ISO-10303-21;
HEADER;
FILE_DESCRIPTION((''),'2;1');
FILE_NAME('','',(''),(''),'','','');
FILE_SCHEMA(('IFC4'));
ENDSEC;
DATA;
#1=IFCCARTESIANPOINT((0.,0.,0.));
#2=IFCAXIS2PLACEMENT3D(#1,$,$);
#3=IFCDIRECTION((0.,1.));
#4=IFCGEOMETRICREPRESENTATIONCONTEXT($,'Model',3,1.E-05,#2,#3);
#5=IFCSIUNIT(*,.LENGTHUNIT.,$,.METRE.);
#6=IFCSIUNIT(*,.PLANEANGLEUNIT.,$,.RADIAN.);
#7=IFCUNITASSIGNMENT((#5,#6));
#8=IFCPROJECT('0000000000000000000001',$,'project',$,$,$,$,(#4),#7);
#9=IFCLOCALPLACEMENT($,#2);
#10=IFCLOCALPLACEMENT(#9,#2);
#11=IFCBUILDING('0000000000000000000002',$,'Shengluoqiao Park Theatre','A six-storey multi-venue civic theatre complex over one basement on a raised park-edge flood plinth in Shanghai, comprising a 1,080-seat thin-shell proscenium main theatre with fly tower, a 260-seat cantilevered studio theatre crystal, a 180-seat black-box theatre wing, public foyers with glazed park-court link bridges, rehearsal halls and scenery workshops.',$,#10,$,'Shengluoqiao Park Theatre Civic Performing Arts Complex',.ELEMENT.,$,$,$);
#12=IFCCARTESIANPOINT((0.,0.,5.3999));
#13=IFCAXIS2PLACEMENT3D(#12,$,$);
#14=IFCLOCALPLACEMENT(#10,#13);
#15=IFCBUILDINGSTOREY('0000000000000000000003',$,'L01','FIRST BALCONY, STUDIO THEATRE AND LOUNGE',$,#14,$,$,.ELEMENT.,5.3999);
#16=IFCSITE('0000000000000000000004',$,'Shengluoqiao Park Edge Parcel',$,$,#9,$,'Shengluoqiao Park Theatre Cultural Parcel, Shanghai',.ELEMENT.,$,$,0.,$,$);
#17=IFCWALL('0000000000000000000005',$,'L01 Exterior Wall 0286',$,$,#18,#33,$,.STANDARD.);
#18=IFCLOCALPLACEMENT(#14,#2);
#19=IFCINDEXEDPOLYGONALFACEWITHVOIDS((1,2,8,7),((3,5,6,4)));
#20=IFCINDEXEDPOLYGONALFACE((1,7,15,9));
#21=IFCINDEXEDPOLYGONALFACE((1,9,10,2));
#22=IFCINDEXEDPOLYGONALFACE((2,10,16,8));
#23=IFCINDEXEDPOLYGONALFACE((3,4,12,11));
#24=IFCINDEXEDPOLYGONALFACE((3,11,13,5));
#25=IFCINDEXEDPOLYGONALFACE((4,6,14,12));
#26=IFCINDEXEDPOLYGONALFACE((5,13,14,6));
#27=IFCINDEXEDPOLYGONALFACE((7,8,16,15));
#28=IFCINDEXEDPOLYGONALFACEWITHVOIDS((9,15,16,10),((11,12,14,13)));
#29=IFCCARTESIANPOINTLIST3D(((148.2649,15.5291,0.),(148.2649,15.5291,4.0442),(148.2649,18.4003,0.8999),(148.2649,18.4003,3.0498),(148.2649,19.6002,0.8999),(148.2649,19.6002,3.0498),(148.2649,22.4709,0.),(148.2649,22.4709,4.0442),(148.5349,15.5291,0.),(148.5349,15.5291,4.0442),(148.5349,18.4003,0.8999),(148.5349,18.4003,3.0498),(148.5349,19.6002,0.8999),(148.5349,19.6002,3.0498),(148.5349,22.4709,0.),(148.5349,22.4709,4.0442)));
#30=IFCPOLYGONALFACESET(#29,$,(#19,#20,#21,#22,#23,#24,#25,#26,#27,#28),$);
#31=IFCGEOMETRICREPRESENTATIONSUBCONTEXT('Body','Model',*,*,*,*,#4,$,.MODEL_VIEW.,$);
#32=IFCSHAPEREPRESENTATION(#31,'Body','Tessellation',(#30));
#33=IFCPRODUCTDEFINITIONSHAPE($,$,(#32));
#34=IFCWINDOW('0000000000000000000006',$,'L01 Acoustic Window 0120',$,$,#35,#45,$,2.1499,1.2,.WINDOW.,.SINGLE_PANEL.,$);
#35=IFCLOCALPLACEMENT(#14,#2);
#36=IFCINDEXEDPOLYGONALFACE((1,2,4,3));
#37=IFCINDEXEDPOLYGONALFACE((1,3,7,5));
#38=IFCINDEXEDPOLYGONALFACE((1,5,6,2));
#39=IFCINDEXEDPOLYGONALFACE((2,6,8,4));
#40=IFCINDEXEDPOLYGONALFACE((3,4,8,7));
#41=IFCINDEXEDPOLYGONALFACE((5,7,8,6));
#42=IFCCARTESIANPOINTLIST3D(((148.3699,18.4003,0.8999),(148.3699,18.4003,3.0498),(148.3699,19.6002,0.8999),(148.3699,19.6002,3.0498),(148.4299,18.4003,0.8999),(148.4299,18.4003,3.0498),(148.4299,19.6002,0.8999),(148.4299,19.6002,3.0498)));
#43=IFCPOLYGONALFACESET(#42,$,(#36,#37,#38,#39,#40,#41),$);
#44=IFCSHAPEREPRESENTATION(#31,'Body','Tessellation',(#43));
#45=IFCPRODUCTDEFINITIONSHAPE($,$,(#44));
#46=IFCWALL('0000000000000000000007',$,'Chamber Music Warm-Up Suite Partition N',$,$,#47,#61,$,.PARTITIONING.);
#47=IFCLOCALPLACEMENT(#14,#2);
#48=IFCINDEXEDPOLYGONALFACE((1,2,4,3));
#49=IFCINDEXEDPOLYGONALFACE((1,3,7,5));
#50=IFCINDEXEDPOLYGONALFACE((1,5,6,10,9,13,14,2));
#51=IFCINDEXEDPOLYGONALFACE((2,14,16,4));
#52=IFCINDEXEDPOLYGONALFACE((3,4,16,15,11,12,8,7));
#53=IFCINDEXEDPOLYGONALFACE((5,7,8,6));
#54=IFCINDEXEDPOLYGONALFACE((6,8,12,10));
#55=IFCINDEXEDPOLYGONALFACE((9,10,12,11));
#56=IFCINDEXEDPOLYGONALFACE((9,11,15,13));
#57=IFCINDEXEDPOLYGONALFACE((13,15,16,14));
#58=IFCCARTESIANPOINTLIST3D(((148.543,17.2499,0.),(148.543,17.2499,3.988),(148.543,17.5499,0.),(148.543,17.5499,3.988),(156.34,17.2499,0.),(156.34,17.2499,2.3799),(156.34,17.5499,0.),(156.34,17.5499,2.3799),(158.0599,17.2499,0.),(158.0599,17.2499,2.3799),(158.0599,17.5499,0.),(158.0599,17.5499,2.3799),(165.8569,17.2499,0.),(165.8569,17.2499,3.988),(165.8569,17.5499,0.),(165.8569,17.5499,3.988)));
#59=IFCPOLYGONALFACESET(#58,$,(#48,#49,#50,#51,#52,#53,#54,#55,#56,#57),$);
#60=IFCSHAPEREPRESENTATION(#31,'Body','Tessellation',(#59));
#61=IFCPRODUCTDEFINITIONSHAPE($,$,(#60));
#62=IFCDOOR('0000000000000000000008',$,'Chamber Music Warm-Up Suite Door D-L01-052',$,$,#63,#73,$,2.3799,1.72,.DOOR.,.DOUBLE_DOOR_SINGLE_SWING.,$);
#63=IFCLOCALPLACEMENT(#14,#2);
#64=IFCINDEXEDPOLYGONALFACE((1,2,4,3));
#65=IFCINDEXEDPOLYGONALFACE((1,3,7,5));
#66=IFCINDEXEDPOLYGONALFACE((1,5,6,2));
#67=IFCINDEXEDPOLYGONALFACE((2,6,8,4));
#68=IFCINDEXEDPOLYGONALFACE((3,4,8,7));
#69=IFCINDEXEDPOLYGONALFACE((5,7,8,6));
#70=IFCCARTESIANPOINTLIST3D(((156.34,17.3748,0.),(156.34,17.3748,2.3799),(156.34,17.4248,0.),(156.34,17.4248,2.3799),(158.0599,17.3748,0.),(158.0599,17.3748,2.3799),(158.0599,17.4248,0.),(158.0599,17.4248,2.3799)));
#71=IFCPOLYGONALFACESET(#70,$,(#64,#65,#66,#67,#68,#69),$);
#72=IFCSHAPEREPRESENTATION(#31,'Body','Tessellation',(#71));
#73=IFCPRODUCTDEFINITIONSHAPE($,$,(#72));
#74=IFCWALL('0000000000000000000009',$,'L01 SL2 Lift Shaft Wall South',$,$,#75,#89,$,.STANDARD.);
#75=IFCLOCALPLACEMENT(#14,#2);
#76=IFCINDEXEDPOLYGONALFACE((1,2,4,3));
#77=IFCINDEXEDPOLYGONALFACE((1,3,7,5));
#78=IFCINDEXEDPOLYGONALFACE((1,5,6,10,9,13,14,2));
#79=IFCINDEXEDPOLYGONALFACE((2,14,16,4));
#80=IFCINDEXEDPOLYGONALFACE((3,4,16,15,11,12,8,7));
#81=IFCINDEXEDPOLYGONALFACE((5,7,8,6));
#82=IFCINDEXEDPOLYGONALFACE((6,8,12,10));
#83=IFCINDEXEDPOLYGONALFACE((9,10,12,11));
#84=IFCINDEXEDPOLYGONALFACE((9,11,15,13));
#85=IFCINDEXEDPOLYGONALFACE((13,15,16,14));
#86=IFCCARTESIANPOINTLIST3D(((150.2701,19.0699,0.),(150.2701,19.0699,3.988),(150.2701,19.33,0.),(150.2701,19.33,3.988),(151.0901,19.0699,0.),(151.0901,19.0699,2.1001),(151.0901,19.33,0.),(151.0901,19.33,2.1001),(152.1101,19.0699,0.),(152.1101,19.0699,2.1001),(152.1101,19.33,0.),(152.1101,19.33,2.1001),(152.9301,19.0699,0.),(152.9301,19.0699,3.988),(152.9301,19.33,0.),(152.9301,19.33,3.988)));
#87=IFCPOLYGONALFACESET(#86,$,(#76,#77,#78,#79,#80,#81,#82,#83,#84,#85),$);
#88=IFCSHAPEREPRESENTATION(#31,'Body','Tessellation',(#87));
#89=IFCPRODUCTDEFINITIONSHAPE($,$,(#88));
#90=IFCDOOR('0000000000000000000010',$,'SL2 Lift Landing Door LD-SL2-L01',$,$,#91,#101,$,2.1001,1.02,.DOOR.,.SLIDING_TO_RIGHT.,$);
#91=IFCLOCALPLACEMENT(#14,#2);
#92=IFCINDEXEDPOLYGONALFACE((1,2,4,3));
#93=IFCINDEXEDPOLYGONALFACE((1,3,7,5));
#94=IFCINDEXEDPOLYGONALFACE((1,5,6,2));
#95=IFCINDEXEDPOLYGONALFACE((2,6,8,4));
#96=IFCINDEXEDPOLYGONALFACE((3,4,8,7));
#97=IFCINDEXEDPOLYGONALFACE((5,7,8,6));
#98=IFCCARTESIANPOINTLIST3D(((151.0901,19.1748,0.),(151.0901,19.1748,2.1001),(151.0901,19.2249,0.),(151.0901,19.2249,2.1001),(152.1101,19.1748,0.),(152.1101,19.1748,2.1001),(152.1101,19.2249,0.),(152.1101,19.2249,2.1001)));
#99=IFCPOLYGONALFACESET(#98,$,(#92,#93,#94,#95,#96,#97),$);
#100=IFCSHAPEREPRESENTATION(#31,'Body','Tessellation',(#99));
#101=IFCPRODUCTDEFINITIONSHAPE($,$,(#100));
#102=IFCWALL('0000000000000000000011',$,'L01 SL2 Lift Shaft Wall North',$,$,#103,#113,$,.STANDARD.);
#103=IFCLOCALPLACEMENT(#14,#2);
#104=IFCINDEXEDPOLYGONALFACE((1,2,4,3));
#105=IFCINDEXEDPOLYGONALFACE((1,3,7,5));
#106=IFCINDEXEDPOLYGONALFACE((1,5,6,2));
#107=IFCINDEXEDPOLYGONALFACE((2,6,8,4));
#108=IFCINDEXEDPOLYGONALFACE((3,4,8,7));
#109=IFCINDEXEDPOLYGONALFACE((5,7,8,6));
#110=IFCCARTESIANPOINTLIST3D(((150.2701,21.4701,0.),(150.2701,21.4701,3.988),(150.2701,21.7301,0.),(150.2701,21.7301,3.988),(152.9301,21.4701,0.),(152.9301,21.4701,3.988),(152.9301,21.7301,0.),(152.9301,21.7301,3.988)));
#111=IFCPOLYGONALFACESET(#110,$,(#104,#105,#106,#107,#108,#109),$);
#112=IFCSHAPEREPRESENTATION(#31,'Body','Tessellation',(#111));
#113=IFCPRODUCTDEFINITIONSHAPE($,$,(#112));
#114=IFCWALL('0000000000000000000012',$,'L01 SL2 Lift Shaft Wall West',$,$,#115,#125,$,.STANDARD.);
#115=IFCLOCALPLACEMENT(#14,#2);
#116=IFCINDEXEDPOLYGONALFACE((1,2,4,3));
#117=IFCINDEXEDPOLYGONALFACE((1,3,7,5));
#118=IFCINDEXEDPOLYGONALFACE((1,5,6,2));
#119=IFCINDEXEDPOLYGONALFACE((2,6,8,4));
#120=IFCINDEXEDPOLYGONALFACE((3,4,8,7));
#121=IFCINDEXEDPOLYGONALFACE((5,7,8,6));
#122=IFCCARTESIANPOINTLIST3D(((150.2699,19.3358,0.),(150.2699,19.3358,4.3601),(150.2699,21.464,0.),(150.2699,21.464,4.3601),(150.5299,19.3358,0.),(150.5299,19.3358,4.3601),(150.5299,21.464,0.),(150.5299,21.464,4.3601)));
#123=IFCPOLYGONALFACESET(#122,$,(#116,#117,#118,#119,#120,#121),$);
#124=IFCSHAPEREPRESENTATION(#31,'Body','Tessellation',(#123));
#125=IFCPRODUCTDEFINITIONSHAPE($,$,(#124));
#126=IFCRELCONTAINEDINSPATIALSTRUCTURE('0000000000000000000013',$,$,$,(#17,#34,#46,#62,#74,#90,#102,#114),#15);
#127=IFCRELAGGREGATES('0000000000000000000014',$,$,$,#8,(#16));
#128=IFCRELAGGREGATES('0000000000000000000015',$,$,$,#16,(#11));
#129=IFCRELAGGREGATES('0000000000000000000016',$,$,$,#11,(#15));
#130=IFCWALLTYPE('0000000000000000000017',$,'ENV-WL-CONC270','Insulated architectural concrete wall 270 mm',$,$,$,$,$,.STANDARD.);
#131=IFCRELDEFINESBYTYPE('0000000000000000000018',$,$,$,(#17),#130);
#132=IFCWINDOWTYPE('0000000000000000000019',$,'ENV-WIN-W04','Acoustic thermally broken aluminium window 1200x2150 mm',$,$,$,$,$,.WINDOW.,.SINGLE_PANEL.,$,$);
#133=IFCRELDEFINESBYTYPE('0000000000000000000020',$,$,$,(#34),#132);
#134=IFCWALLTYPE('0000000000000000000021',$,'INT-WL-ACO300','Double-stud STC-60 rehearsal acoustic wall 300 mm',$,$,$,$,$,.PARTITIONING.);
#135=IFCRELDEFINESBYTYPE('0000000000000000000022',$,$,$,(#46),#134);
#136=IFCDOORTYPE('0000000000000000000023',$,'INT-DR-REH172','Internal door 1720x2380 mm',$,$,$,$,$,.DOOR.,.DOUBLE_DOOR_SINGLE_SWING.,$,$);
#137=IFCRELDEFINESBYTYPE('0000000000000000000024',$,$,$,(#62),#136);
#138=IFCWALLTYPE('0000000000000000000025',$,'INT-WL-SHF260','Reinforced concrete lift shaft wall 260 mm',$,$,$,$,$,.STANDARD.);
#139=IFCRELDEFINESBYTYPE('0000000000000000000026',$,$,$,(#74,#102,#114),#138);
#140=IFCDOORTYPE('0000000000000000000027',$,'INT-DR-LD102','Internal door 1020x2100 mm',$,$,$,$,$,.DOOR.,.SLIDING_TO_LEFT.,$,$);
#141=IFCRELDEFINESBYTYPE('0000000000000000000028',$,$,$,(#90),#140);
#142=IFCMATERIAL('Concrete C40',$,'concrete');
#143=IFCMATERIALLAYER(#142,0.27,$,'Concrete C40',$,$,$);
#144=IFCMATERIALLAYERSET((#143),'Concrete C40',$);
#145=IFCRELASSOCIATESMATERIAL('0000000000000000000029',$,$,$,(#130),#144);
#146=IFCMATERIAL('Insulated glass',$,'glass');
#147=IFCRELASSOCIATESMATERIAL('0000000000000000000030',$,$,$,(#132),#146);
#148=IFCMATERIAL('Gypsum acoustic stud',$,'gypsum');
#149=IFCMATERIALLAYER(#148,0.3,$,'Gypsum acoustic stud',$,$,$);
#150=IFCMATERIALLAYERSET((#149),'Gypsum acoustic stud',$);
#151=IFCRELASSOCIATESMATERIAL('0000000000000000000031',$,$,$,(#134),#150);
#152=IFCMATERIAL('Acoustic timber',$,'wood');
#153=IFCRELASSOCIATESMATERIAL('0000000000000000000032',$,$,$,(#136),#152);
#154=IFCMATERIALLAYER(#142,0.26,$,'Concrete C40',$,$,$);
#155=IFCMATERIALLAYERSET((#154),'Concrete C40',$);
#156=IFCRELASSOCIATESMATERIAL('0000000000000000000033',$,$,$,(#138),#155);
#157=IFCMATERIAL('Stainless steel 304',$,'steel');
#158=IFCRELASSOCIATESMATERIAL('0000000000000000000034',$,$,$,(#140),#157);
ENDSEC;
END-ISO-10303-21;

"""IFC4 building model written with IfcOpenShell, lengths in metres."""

from ifc_helpers import new_model, si_unit, direction, frame, frame_2d, origin, place, context, subcontext, project, spatial, rectangle, extrude, material, layer, layer_set, type_object, element, fill, save


model = new_model("IFC4")

# Units and contexts
model_context = context("Model", 3, precision=1e-05, world=origin(), true_north=direction((0.0, 1.0)))
body_context = subcontext(model_context, "Body", "Model", "MODEL_VIEW")
ifc_project = project(units=[si_unit("LENGTHUNIT", "METRE"), si_unit("PLANEANGLEUNIT", "RADIAN")], contexts=[model_context])

# Site, building, storey
site_placement = place(None, origin())
site = spatial("IfcSite", under=ifc_project, at=site_placement, Name="Shengluoqiao Park Edge Parcel", LongName="Shengluoqiao Park Theatre Cultural Parcel, Shanghai", CompositionType="ELEMENT", RefElevation=0.0)
building_placement = place(site_placement, origin())
building = spatial("IfcBuilding", under=site, at=building_placement, Name="Shengluoqiao Park Theatre", Description="A six-storey multi-venue civic theatre complex over one basement on a raised park-edge flood plinth in Shanghai, comprising a 1,080-seat thin-shell proscenium main theatre with fly tower, a 260-seat cantilevered studio theatre crystal, a 180-seat black-box theatre wing, public foyers with glazed park-court link bridges, rehearsal halls and scenery workshops.", LongName="Shengluoqiao Park Theatre Civic Performing Arts Complex", CompositionType="ELEMENT")
storey_placement = place(building_placement, frame((0.0, 0.0, 5.3999)))
storey = spatial("IfcBuildingStorey", under=building, at=storey_placement, Name="L01", Description="FIRST BALCONY, STUDIO THEATRE AND LOUNGE", CompositionType="ELEMENT", Elevation=5.3999)

# Shared definitions
ifc_material_1 = material(Name="Concrete C40", Category="concrete")

# Shared definitions
ifc_material_2 = material(Name="Insulated glass", Category="glass")

# Wall, opening, window
ifc_layer_1 = layer(ifc_material_1, 0.27, Name="Concrete C40")
ifc_layer_set_1 = layer_set([ifc_layer_1], Name="Concrete C40")
wall_type_1 = type_object("IfcWallType", Name="ENV-WL-CONC270", Description="Insulated architectural concrete wall 270 mm", PredefinedType="STANDARD", material=ifc_layer_set_1)
wall_1_placement = place(storey_placement, frame((148.3999, 15.5291, 0.0), z_axis=(0.0, 0.0, 1.0), x_axis=(0.0, 1.0, 0.0)))
wall_1 = element("IfcWall", 1, at=wall_1_placement, inside=storey, type_object=wall_type_1, Name="L01 Exterior Wall 0286", PredefinedType="STANDARD", context=body_context, shape_type="SweptSolid", body=[
    extrude(rectangle(XDim=6.9419, YDim=0.27, at=frame_2d((3.4709, 0.0))), origin(), (0.0, 0.0, 1.0), 4.0442),
])
opening_1_placement = place(wall_1_placement, frame((2.8711, 0.0, 0.8999)))
opening_1 = element("IfcOpeningElement", 2, at=opening_1_placement, cuts=wall_1, PredefinedType="OPENING", context=body_context, shape_type="SweptSolid", body=[
    extrude(rectangle(XDim=1.2, YDim=2.1499, at=frame_2d((0.6001, 1.075))), frame((0.0, 0.145, 0.0), z_axis=(0.0, -1.0, 0.0), x_axis=(1.0, 0.0, 0.0)), (0.0, 0.0, 1.0), 0.29),
])
window_type = type_object("IfcWindowType", Name="ENV-WIN-W04", Description="Acoustic thermally broken aluminium window 1200x2150 mm", PartitioningType="SINGLE_PANEL", PredefinedType="WINDOW", material=ifc_material_2)
window_placement = place(opening_1_placement, origin())
window = element("IfcWindow", 3, at=window_placement, inside=storey, type_object=window_type, Name="L01 Acoustic Window 0120", OverallHeight=2.1499, OverallWidth=1.2, PartitioningType="SINGLE_PANEL", PredefinedType="WINDOW", context=body_context, shape_type="SweptSolid", body=[
    extrude(rectangle(XDim=1.2, YDim=2.1499, at=frame_2d((0.6001, 1.075))), frame((0.0, 0.03, 0.0), z_axis=(0.0, -1.0, 0.0), x_axis=(1.0, 0.0, 0.0)), (0.0, 0.0, 1.0), 0.0601),
])
fill(opening_1, window)

# Walls, openings, doors
ifc_material_3 = material(Name="Gypsum acoustic stud", Category="gypsum")
ifc_layer_2 = layer(ifc_material_3, 0.3, Name="Gypsum acoustic stud")
ifc_layer_set_2 = layer_set([ifc_layer_2], Name="Gypsum acoustic stud")
wall_type_2 = type_object("IfcWallType", Name="INT-WL-ACO300", Description="Double-stud STC-60 rehearsal acoustic wall 300 mm", PredefinedType="PARTITIONING", material=ifc_layer_set_2)
wall_2_placement = place(storey_placement, frame((148.543, 17.3999, 0.0), z_axis=(0.0, 0.0, 1.0), x_axis=(1.0, 0.0, 0.0)))
wall_2 = element("IfcWall", 4, at=wall_2_placement, inside=storey, type_object=wall_type_2, Name="Chamber Music Warm-Up Suite Partition N", PredefinedType="PARTITIONING", context=body_context, shape_type="SweptSolid", body=[
    extrude(rectangle(XDim=17.314, YDim=0.3, at=frame_2d((8.657, 0.0))), origin(), (0.0, 0.0, 1.0), 3.988),
])
opening_2_placement = place(wall_2_placement, frame((7.7971, 0.0, 0.0)))
opening_2 = element("IfcOpeningElement", 5, at=opening_2_placement, cuts=wall_2, PredefinedType="OPENING", context=body_context, shape_type="SweptSolid", body=[
    extrude(rectangle(XDim=1.72, YDim=2.3799, at=frame_2d((0.8599, 1.1899))), frame((0.0, 0.1599, 0.0), z_axis=(0.0, -1.0, 0.0), x_axis=(1.0, 0.0, 0.0)), (0.0, 0.0, 1.0), 0.3201),
])
ifc_material_4 = material(Name="Acoustic timber", Category="wood")
door_type_1 = type_object("IfcDoorType", Name="INT-DR-REH172", Description="Internal door 1720x2380 mm", OperationType="DOUBLE_DOOR_SINGLE_SWING", PredefinedType="DOOR", material=ifc_material_4)
door_1_placement = place(opening_2_placement, origin())
door_1 = element("IfcDoor", 6, at=door_1_placement, inside=storey, type_object=door_type_1, Name="Chamber Music Warm-Up Suite Door D-L01-052", OperationType="DOUBLE_DOOR_SINGLE_SWING", OverallHeight=2.3799, OverallWidth=1.72, PredefinedType="DOOR", context=body_context, shape_type="SweptSolid", body=[
    extrude(rectangle(XDim=1.72, YDim=2.3799, at=frame_2d((0.8599, 1.1899))), frame((0.0, 0.0249, 0.0), z_axis=(0.0, -1.0, 0.0), x_axis=(1.0, 0.0, 0.0)), (0.0, 0.0, 1.0), 0.05),
])
fill(opening_2, door_1)
ifc_layer_3 = layer(ifc_material_1, 0.26, Name="Concrete C40")
ifc_layer_set_3 = layer_set([ifc_layer_3], Name="Concrete C40")
wall_type_3 = type_object("IfcWallType", Name="INT-WL-SHF260", Description="Reinforced concrete lift shaft wall 260 mm", PredefinedType="STANDARD", material=ifc_layer_set_3)
wall_3_placement = place(storey_placement, frame((150.27, 19.2, 0.0), z_axis=(0.0, 0.0, 1.0), x_axis=(1.0, 0.0, 0.0)))
wall_3 = element("IfcWall", 7, at=wall_3_placement, inside=storey, type_object=wall_type_3, Name="L01 SL2 Lift Shaft Wall South", PredefinedType="STANDARD", context=body_context, shape_type="SweptSolid", body=[
    extrude(rectangle(XDim=2.6599, YDim=0.26, at=frame_2d((1.3301, 0.0))), origin(), (0.0, 0.0, 1.0), 3.988),
])
opening_3_placement = place(wall_3_placement, frame((0.8201, 0.0, 0.0)))
opening_3 = element("IfcOpeningElement", 8, at=opening_3_placement, cuts=wall_3, PredefinedType="OPENING", context=body_context, shape_type="SweptSolid", body=[
    extrude(rectangle(XDim=1.02, YDim=2.1001, at=frame_2d((0.51, 1.05))), frame((0.0, 0.1399, 0.0), z_axis=(0.0, -1.0, 0.0), x_axis=(1.0, 0.0, 0.0)), (0.0, 0.0, 1.0), 0.28),
])
ifc_material_5 = material(Name="Stainless steel 304", Category="steel")
door_type_2 = type_object("IfcDoorType", Name="INT-DR-LD102", Description="Internal door 1020x2100 mm", OperationType="SLIDING_TO_LEFT", PredefinedType="DOOR", material=ifc_material_5)
door_2_placement = place(opening_3_placement, origin())
door_2 = element("IfcDoor", 9, at=door_2_placement, inside=storey, type_object=door_type_2, Name="SL2 Lift Landing Door LD-SL2-L01", OperationType="SLIDING_TO_RIGHT", OverallHeight=2.1001, OverallWidth=1.02, PredefinedType="DOOR", context=body_context, shape_type="SweptSolid", body=[
    extrude(rectangle(XDim=1.02, YDim=2.1001, at=frame_2d((0.51, 1.05))), frame((0.0, 0.0249, 0.0), z_axis=(0.0, -1.0, 0.0), x_axis=(1.0, 0.0, 0.0)), (0.0, 0.0, 1.0), 0.05),
])
fill(opening_3, door_2)

# Walls
wall_4_placement = place(storey_placement, frame((150.27, 21.6001, 0.0), z_axis=(0.0, 0.0, 1.0), x_axis=(1.0, 0.0, 0.0)))
element("IfcWall", 10, at=wall_4_placement, inside=storey, type_object=wall_type_3, Name="L01 SL2 Lift Shaft Wall North", PredefinedType="STANDARD", context=body_context, shape_type="SweptSolid", body=[
    extrude(rectangle(XDim=2.6599, YDim=0.26, at=frame_2d((1.3301, 0.0))), origin(), (0.0, 0.0, 1.0), 3.988),
])
wall_5_placement = place(storey_placement, frame((150.3999, 19.3359, 0.0), z_axis=(0.0, 0.0, 1.0), x_axis=(0.0, 1.0, 0.0)))
element("IfcWall", 11, at=wall_5_placement, inside=storey, type_object=wall_type_3, Name="L01 SL2 Lift Shaft Wall West", PredefinedType="STANDARD", context=body_context, shape_type="SweptSolid", body=[
    extrude(rectangle(XDim=2.1282, YDim=0.26, at=frame_2d((1.064, 0.0))), origin(), (0.0, 0.0, 1.0), 4.3601),
])

save(model, "model.ifc")
